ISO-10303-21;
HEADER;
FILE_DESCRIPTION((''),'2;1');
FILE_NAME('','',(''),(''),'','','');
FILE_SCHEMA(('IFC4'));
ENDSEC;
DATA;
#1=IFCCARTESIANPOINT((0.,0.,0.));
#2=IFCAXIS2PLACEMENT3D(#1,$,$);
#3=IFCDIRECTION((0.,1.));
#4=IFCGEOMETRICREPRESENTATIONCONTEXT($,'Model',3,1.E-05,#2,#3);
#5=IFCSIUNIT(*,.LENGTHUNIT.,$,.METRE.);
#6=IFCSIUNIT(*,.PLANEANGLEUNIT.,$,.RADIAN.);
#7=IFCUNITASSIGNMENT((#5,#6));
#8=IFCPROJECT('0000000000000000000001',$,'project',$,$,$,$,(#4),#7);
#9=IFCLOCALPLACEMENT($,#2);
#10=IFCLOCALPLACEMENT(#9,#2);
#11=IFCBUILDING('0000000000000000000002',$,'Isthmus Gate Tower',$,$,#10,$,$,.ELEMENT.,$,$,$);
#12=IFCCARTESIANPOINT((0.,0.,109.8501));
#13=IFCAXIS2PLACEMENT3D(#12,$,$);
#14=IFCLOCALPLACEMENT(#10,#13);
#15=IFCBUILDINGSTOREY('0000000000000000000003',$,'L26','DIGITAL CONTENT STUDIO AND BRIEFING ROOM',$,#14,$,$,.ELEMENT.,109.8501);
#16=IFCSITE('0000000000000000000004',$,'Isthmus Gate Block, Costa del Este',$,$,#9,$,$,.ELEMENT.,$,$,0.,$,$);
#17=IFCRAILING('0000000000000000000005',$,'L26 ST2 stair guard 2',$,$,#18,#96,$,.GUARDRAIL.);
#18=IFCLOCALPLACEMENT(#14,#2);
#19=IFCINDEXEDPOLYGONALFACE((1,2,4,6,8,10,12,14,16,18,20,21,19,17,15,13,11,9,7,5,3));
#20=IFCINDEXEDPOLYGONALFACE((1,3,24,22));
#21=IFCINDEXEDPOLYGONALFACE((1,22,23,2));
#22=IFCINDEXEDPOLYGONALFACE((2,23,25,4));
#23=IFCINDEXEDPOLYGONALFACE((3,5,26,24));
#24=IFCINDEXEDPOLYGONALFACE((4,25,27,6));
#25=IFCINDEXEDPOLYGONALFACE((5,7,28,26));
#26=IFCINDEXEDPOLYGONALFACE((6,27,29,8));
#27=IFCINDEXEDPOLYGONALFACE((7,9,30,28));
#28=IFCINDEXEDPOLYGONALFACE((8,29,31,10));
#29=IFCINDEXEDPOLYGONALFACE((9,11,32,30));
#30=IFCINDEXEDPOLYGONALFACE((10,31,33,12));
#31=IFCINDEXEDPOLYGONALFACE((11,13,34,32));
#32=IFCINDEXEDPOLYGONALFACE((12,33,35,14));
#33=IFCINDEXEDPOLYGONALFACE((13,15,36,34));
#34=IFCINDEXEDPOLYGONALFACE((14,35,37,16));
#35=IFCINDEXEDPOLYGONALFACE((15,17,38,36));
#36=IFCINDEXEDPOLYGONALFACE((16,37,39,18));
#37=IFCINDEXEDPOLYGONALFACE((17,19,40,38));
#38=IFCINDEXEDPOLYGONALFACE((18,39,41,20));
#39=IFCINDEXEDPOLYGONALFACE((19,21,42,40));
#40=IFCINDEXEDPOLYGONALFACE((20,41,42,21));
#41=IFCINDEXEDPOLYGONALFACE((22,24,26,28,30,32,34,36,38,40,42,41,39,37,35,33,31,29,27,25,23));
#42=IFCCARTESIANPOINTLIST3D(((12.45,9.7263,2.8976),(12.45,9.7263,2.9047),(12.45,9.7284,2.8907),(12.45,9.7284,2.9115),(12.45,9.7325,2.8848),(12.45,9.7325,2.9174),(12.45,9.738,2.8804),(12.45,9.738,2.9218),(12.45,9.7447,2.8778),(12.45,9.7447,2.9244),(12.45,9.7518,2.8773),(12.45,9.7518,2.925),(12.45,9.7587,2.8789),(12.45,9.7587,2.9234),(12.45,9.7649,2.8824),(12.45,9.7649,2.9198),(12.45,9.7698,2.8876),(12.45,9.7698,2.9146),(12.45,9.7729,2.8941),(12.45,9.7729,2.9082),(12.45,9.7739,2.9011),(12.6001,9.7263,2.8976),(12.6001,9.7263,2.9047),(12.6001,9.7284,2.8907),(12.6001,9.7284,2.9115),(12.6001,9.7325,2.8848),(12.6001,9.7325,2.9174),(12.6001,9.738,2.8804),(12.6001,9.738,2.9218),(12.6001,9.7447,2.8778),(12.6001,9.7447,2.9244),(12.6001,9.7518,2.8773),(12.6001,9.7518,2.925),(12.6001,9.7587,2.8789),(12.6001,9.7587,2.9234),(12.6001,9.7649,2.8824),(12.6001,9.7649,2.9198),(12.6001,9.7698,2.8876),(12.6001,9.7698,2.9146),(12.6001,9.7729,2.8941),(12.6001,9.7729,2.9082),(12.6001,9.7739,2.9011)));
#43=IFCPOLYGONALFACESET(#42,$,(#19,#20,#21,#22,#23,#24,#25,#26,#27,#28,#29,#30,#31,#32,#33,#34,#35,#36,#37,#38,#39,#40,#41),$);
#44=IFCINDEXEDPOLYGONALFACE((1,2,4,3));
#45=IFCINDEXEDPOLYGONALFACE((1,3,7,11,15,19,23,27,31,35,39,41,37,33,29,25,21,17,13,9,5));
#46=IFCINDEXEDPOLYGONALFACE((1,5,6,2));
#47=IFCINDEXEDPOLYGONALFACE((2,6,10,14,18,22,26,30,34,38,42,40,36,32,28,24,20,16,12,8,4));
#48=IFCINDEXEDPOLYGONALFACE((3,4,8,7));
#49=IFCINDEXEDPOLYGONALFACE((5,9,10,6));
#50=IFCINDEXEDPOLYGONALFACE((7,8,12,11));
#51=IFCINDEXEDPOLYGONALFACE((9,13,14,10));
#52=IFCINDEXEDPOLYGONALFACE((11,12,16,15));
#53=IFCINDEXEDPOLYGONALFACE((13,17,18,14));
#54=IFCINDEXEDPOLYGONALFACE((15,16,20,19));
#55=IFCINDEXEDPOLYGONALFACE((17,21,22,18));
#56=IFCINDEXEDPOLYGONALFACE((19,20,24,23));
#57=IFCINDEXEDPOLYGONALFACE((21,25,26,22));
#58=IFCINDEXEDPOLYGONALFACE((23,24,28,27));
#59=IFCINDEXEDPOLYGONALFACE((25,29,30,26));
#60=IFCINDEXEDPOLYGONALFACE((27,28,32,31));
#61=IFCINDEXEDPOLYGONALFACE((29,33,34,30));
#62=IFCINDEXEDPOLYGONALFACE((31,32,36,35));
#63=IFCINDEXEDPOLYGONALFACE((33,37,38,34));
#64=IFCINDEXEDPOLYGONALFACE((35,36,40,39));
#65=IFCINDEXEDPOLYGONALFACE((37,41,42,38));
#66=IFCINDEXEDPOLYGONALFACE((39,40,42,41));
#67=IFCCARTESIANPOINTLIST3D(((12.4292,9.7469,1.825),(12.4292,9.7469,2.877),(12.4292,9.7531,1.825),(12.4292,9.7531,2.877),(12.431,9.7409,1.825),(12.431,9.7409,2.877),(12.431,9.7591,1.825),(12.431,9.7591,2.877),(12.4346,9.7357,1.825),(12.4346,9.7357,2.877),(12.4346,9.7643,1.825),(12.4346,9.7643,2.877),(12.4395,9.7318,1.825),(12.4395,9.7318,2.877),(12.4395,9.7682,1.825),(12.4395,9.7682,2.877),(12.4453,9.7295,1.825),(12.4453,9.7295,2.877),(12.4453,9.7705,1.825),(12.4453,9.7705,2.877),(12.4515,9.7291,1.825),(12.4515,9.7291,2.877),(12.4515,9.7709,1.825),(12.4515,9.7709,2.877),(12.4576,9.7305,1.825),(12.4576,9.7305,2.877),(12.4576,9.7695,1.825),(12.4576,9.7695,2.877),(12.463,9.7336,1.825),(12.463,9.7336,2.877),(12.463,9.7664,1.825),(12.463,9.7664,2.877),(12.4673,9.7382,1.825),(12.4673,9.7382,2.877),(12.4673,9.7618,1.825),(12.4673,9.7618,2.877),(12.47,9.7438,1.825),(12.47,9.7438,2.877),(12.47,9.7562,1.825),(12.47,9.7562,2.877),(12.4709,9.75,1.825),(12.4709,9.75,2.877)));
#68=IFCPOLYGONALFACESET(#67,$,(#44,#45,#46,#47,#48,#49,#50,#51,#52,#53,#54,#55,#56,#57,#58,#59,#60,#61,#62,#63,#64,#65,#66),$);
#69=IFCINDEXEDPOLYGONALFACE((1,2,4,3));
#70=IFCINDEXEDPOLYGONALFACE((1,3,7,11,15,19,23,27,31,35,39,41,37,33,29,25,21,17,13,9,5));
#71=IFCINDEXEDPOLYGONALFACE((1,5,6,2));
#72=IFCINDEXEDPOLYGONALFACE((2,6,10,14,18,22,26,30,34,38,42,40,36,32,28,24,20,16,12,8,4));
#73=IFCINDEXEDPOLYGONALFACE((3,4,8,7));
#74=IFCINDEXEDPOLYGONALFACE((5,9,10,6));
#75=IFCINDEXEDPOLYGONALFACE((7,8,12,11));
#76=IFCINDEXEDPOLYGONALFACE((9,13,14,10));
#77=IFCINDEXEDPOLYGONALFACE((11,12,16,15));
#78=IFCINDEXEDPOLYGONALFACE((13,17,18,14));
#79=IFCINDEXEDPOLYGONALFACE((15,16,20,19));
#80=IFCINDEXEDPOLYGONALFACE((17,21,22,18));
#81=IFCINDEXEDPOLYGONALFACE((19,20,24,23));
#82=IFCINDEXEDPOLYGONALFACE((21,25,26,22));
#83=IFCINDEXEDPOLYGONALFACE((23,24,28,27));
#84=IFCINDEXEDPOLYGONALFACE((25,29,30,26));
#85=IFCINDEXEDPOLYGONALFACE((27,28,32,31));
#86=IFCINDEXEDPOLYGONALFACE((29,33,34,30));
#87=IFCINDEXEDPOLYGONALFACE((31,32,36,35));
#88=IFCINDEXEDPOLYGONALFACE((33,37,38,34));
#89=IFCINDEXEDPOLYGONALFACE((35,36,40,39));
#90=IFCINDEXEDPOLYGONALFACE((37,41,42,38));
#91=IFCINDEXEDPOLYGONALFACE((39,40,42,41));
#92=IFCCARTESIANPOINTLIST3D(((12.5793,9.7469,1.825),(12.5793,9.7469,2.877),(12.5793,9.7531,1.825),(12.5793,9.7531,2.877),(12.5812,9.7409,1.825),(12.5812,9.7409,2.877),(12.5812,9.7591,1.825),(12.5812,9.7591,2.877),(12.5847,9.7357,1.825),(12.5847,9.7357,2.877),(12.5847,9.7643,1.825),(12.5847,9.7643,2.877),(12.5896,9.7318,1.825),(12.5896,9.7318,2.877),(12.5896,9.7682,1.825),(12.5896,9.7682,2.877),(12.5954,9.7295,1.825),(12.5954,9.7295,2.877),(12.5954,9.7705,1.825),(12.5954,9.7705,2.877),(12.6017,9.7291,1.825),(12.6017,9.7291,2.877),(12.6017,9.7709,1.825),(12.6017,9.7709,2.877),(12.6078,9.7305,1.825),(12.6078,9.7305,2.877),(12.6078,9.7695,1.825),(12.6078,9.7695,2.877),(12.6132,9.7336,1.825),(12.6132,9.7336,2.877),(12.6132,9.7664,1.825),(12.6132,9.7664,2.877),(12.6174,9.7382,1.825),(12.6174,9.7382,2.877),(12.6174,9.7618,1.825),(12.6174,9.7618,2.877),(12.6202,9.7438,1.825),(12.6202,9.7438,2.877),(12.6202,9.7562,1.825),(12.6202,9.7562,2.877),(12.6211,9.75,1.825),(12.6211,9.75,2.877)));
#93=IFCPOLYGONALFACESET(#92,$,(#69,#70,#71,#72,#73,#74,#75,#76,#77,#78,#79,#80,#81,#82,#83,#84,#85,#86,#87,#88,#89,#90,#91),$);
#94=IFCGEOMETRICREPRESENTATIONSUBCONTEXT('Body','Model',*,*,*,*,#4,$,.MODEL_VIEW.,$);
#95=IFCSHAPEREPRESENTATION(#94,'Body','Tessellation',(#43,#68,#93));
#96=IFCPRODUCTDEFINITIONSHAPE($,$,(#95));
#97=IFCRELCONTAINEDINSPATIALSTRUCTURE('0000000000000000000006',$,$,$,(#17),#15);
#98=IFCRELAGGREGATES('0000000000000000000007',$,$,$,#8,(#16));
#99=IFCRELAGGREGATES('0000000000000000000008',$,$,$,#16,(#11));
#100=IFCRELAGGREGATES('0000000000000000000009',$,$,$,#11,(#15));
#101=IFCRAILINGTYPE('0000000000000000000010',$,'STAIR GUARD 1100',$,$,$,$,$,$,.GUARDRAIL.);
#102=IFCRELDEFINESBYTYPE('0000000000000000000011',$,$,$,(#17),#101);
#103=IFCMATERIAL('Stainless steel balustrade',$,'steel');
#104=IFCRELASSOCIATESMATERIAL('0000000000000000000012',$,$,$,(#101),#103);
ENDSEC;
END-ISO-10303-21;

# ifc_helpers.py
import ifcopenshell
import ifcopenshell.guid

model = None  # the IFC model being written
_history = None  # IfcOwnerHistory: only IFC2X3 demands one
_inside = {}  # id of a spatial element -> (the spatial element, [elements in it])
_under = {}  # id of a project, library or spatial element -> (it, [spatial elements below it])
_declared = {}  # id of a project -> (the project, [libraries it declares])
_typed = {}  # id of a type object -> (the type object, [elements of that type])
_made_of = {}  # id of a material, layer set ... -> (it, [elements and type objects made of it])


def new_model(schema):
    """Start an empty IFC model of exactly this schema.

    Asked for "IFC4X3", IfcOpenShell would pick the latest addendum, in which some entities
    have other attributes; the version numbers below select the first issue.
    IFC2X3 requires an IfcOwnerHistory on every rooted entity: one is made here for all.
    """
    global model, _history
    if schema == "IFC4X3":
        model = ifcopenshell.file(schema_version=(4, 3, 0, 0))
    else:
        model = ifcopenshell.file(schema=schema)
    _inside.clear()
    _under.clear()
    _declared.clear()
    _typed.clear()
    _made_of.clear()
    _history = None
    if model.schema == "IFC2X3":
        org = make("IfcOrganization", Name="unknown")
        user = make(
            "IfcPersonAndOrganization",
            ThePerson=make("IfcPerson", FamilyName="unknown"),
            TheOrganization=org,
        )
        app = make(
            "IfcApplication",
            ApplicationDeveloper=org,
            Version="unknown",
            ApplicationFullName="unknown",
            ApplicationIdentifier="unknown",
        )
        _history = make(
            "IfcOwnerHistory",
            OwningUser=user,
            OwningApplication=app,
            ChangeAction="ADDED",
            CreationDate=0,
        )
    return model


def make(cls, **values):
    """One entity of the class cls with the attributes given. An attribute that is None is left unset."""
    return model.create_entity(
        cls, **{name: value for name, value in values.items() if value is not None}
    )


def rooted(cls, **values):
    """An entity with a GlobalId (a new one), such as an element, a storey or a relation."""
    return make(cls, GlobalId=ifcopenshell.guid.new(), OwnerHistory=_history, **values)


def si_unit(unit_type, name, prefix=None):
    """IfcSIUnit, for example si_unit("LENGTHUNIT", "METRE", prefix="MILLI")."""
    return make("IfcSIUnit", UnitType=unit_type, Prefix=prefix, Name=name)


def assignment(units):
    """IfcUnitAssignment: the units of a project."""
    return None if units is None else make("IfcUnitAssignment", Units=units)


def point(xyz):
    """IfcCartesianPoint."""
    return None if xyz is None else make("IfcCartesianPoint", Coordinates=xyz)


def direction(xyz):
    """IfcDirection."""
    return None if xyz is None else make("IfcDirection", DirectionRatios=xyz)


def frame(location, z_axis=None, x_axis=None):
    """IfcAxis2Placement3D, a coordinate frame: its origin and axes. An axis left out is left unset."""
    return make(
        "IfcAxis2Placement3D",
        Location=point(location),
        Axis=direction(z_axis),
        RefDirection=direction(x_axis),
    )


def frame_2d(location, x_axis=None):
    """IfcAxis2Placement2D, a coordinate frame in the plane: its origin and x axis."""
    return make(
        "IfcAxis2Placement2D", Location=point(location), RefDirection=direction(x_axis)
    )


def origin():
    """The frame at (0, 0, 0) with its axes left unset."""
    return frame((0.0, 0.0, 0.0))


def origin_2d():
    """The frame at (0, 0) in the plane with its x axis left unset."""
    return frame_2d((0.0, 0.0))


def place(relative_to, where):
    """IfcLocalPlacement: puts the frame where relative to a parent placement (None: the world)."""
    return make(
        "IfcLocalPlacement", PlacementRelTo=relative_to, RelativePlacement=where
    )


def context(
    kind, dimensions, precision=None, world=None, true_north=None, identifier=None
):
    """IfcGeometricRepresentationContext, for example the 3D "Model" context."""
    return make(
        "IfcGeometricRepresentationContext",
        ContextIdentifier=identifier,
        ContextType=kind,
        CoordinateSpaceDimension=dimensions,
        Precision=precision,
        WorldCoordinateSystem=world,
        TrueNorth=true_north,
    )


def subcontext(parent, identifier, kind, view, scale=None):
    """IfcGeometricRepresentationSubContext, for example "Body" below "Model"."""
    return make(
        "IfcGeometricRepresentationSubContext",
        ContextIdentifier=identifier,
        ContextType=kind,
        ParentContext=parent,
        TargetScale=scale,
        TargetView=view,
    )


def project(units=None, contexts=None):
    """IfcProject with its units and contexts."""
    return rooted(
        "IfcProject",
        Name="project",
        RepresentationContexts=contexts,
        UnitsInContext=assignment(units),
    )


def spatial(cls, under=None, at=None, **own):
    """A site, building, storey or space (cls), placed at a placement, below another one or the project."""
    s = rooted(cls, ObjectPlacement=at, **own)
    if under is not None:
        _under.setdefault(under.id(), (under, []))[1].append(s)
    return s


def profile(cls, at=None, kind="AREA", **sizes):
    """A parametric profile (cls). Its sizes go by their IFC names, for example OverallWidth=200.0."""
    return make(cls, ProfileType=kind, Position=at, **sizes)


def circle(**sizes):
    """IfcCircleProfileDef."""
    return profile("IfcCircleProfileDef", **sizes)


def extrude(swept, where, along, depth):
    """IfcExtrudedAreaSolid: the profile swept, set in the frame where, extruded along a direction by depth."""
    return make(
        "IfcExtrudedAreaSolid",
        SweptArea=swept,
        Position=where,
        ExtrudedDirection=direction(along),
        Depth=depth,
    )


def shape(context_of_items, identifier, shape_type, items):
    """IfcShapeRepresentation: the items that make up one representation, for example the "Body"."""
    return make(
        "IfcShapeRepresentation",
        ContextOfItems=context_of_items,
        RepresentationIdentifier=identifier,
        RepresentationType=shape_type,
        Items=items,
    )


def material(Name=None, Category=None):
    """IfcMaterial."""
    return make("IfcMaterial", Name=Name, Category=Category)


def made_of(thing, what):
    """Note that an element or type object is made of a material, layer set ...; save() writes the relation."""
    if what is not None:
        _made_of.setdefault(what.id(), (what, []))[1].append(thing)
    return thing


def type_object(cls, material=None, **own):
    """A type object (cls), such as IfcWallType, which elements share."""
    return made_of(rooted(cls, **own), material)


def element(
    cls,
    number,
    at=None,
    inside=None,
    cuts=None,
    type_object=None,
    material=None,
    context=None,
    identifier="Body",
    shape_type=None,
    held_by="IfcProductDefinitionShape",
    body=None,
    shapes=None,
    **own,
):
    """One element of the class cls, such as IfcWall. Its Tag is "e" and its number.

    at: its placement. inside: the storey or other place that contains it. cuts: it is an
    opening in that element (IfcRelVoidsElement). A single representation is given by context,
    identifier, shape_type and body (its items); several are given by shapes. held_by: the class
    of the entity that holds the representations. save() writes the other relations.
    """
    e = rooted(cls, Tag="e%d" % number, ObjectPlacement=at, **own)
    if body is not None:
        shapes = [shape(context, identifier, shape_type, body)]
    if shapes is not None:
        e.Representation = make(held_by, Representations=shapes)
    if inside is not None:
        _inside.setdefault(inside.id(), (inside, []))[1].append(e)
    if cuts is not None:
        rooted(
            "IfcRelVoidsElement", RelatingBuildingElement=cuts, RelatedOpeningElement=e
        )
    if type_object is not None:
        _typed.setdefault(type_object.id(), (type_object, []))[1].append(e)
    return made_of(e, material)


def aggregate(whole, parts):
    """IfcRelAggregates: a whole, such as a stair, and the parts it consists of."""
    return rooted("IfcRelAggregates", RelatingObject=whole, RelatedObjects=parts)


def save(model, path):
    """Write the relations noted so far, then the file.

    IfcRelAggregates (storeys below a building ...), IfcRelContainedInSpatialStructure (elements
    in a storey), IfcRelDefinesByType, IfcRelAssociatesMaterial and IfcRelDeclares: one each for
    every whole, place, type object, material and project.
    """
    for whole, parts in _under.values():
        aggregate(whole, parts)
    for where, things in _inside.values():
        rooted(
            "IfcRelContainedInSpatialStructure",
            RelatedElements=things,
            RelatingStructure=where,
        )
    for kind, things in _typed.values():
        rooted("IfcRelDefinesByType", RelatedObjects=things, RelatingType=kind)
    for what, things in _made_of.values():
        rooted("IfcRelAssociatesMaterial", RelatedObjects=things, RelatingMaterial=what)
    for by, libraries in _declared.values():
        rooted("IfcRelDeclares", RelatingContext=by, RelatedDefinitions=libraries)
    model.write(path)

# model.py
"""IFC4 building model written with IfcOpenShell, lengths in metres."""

from ifc_helpers import new_model, si_unit, direction, frame, origin, origin_2d, place, context, subcontext, project, spatial, circle, extrude, material, type_object, element, save


model = new_model("IFC4")

# Units and contexts
model_context = context("Model", 3, precision=1e-05, world=origin(), true_north=direction((0.0, 1.0)))
body_context = subcontext(model_context, "Body", "Model", "MODEL_VIEW")
ifc_project = project(units=[si_unit("LENGTHUNIT", "METRE"), si_unit("PLANEANGLEUNIT", "RADIAN")], contexts=[model_context])

# Site, building, storey
site_placement = place(None, origin())
site = spatial("IfcSite", under=ifc_project, at=site_placement, Name="Isthmus Gate Block, Costa del Este", CompositionType="ELEMENT", RefElevation=0.0)
building_placement = place(site_placement, origin())
building = spatial("IfcBuilding", under=site, at=building_placement, Name="Isthmus Gate Tower", CompositionType="ELEMENT")
storey_placement = place(building_placement, frame((0.0, 0.0, 109.8501)))
storey = spatial("IfcBuildingStorey", under=building, at=storey_placement, Name="L26", Description="DIGITAL CONTENT STUDIO AND BRIEFING ROOM", CompositionType="ELEMENT", Elevation=109.8501)

# Railing
ifc_material_1 = material(Name="Stainless steel balustrade", Category="steel")
railing_type_1 = type_object("IfcRailingType", Name="STAIR GUARD 1100", PredefinedType="GUARDRAIL", material=ifc_material_1)
railing_1_placement = place(storey_placement, frame((12.45, 9.75, 1.825)))
element("IfcRailing", 1, at=railing_1_placement, inside=storey, type_object=railing_type_1, Name="L26 ST2 stair guard 2", PredefinedType="GUARDRAIL", context=body_context, shape_type="SweptSolid", body=[
    extrude(circle(Radius=0.0239, at=origin_2d()), frame((0.0, 0.0, 1.0762), z_axis=(1.0, 0.0, 0.0), x_axis=(0.0, 1.0, 0.0)), (0.0, 0.0, 1.0), 0.1501),
    extrude(circle(Radius=0.021, at=origin_2d()), origin(), (0.0, 0.0, 1.0), 1.052),
    extrude(circle(Radius=0.021, at=origin_2d()), frame((0.1501, 0.0, 0.0)), (0.0, 0.0, 1.0), 1.052),
])

save(model, "model.ifc")
